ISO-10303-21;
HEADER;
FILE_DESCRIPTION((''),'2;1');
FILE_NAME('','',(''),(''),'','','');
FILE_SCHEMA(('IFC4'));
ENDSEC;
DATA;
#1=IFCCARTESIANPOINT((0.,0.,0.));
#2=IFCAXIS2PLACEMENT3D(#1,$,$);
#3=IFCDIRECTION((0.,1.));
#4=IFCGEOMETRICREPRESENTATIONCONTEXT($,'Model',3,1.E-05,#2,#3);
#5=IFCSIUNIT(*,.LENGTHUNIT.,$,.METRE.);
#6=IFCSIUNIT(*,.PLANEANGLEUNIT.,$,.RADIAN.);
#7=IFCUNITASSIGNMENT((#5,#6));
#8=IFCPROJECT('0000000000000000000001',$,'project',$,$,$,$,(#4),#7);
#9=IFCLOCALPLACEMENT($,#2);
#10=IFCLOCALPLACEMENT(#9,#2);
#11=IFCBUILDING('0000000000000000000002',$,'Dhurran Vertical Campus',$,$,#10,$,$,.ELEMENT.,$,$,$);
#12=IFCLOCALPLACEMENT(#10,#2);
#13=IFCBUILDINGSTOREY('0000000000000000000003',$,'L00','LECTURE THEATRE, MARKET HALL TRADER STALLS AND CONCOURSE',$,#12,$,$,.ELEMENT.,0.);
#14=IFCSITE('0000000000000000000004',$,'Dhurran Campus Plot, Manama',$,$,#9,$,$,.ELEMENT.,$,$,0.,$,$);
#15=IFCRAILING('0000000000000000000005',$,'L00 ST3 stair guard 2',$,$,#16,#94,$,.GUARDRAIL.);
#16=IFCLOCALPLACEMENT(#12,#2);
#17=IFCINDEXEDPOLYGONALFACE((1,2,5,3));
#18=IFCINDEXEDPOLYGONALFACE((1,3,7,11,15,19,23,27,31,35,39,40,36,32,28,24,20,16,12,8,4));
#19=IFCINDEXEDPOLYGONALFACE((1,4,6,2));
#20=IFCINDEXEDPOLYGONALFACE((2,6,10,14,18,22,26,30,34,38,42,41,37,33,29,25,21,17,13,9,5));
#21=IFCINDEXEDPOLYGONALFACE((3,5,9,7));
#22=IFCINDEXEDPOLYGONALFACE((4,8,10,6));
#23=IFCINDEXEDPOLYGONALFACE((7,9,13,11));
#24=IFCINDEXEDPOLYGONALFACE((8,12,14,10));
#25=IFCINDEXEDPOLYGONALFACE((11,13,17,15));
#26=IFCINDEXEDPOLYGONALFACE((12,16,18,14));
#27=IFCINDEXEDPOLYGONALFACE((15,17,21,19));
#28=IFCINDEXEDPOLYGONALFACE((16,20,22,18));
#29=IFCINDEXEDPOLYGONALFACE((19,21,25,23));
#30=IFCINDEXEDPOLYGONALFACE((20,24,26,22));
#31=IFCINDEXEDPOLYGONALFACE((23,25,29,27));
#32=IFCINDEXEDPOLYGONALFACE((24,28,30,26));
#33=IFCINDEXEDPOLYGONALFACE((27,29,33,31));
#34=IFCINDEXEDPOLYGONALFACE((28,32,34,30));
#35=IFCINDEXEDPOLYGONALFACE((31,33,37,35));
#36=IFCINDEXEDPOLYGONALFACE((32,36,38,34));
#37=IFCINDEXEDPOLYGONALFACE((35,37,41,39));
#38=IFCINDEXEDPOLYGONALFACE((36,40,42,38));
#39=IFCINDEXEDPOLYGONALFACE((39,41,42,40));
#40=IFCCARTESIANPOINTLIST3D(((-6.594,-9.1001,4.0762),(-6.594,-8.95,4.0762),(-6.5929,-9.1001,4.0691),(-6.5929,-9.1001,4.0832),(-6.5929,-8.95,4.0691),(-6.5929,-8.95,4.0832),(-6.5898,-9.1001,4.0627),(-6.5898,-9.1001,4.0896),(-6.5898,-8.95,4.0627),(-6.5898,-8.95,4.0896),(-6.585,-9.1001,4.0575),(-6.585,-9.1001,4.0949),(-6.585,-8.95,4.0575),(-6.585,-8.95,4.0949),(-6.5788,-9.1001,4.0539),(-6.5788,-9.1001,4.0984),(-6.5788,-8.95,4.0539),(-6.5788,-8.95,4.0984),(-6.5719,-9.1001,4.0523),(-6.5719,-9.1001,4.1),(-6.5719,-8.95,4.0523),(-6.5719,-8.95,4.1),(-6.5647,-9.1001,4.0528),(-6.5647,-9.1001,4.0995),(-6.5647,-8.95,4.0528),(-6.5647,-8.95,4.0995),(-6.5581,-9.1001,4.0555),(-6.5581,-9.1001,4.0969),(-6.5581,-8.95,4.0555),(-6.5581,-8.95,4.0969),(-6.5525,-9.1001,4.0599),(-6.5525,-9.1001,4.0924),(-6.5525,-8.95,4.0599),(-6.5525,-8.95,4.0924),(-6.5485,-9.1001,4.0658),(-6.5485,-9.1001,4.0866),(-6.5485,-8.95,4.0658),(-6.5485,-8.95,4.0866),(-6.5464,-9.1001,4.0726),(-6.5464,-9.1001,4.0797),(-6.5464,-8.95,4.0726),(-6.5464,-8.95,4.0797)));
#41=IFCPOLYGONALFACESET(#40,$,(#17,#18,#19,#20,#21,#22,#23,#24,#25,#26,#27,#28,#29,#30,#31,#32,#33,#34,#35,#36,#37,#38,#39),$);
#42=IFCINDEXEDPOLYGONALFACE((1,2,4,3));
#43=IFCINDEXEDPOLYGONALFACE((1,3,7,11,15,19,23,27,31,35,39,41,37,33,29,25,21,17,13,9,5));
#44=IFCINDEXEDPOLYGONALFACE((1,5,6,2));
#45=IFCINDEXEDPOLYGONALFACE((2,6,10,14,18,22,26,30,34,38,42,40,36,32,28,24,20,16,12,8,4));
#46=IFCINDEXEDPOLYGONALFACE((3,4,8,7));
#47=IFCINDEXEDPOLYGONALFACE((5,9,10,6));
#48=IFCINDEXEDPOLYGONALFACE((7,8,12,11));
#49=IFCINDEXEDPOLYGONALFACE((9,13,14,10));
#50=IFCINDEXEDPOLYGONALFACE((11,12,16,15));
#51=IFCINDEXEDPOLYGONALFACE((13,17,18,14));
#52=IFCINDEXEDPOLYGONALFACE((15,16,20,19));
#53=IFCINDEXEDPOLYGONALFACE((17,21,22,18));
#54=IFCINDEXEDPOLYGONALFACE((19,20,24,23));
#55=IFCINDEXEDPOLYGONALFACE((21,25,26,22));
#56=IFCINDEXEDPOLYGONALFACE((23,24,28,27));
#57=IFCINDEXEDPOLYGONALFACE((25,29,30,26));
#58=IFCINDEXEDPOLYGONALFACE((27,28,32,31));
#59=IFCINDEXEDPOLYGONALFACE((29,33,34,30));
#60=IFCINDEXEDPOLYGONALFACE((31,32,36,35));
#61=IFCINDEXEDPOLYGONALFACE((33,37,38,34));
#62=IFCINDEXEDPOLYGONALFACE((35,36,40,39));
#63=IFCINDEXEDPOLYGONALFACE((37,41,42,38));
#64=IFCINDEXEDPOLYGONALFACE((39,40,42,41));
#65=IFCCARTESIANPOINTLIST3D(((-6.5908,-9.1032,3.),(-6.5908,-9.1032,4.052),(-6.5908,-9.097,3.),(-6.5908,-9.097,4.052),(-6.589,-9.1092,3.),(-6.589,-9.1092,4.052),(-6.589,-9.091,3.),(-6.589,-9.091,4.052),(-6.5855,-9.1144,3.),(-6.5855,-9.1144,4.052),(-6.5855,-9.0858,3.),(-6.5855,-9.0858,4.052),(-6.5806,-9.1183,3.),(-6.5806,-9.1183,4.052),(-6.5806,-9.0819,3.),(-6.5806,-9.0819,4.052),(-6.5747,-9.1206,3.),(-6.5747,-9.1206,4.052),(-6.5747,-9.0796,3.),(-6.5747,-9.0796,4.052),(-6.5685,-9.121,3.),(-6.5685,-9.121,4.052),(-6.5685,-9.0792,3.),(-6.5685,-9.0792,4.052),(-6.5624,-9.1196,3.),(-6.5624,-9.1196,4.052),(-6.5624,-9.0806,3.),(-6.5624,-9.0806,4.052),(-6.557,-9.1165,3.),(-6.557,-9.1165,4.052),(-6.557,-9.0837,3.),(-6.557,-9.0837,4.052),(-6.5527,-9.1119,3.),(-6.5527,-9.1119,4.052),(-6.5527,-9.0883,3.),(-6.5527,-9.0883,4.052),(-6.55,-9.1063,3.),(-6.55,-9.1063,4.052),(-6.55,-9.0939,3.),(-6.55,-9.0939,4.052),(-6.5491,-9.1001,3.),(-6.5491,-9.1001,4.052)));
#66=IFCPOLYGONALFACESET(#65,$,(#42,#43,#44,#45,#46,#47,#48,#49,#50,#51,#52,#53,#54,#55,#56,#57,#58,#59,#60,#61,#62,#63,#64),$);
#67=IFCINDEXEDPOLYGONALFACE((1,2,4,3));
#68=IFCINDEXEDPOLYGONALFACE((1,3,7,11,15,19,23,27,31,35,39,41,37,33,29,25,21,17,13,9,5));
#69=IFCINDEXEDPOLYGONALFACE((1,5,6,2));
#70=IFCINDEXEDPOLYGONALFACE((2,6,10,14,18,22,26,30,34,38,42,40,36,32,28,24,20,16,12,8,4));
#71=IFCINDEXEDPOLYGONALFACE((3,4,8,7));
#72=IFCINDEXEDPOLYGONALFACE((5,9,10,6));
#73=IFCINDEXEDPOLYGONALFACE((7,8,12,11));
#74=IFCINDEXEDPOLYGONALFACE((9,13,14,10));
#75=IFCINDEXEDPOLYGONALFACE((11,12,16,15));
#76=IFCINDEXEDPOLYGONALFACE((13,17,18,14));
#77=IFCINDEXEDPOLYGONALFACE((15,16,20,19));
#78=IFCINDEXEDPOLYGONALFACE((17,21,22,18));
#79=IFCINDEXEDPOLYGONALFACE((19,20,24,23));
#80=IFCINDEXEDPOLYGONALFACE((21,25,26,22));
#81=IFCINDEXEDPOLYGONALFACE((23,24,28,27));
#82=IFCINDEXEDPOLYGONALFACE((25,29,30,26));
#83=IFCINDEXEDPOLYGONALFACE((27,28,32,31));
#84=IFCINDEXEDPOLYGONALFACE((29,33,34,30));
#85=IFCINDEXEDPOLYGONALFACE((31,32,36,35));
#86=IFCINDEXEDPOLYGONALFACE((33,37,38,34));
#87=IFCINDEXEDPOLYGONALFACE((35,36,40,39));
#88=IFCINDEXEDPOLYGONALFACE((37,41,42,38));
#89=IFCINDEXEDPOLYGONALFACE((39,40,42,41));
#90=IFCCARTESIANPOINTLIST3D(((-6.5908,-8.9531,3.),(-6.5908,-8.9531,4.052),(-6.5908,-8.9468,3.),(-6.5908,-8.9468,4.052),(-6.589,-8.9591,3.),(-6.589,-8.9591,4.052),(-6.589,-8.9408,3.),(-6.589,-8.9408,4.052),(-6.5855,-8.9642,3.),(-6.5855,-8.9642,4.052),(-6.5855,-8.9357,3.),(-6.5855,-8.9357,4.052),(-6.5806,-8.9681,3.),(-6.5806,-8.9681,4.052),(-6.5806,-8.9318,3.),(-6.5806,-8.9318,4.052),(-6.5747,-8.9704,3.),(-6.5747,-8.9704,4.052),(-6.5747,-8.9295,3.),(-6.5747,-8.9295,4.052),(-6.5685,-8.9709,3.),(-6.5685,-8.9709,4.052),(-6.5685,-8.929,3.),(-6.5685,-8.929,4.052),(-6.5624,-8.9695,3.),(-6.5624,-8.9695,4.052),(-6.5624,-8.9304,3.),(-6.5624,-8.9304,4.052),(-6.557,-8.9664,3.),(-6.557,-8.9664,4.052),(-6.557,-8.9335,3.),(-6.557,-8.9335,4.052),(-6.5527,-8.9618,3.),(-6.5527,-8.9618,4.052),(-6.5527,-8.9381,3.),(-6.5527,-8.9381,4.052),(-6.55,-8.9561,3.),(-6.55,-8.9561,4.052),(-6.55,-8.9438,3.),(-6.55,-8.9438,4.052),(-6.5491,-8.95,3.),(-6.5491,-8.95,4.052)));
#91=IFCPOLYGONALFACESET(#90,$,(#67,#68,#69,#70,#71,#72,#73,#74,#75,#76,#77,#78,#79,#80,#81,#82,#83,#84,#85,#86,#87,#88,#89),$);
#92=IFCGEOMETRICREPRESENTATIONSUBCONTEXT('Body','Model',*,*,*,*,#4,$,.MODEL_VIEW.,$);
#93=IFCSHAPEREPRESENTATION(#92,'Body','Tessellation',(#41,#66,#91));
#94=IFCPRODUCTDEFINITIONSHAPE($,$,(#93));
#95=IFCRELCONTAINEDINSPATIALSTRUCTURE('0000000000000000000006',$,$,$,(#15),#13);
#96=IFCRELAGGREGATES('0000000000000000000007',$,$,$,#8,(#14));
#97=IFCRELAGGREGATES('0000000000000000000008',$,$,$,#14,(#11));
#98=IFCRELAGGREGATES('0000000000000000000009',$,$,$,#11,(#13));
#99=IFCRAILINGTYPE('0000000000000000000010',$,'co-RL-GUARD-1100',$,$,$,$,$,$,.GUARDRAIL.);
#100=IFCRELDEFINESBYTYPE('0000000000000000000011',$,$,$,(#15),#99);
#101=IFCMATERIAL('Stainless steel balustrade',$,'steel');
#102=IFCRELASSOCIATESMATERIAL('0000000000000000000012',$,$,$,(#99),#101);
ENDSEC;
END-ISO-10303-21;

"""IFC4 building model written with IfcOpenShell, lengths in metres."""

from ifc_helpers import new_model, si_unit, direction, frame, origin, origin_2d, place, context, subcontext, project, spatial, circle, extrude, material, type_object, element, save


model = new_model("IFC4")

# Units and contexts
model_context = context("Model", 3, precision=1e-05, world=origin(), true_north=direction((0.0, 1.0)))
body_context = subcontext(model_context, "Body", "Model", "MODEL_VIEW")
ifc_project = project(units=[si_unit("LENGTHUNIT", "METRE"), si_unit("PLANEANGLEUNIT", "RADIAN")], contexts=[model_context])

# Site, building, storey
site_placement = place(None, origin())
site = spatial("IfcSite", under=ifc_project, at=site_placement, Name="Dhurran Campus Plot, Manama", CompositionType="ELEMENT", RefElevation=0.0)
building_placement = place(site_placement, origin())
building = spatial("IfcBuilding", under=site, at=building_placement, Name="Dhurran Vertical Campus", CompositionType="ELEMENT")
storey_placement = place(building_placement, origin())
storey = spatial("IfcBuildingStorey", under=building, at=storey_placement, Name="L00", Description="LECTURE THEATRE, MARKET HALL TRADER STALLS AND CONCOURSE", CompositionType="ELEMENT", Elevation=0.0)

# Railing
ifc_material_1 = material(Name="Stainless steel balustrade", Category="steel")
railing_type_1 = type_object("IfcRailingType", Name="co-RL-GUARD-1100", PredefinedType="GUARDRAIL", material=ifc_material_1)
railing_1_placement = place(storey_placement, frame((-6.5701, -9.1001, 3.0)))
element("IfcRailing", 1, at=railing_1_placement, inside=storey, type_object=railing_type_1, Name="L00 ST3 stair guard 2", PredefinedType="GUARDRAIL", context=body_context, shape_type="SweptSolid", body=[
    extrude(circle(Radius=0.0239, at=origin_2d()), frame((0.0, 0.0, 1.0762), z_axis=(0.0, 1.0, 0.0), x_axis=(-1.0, 0.0, 0.0)), (0.0, 0.0, 1.0), 0.1501),
    extrude(circle(Radius=0.021, at=origin_2d()), origin(), (0.0, 0.0, 1.0), 1.052),
    extrude(circle(Radius=0.021, at=origin_2d()), frame((0.0, 0.1501, 0.0)), (0.0, 0.0, 1.0), 1.052),
])

save(model, "model.ifc")
